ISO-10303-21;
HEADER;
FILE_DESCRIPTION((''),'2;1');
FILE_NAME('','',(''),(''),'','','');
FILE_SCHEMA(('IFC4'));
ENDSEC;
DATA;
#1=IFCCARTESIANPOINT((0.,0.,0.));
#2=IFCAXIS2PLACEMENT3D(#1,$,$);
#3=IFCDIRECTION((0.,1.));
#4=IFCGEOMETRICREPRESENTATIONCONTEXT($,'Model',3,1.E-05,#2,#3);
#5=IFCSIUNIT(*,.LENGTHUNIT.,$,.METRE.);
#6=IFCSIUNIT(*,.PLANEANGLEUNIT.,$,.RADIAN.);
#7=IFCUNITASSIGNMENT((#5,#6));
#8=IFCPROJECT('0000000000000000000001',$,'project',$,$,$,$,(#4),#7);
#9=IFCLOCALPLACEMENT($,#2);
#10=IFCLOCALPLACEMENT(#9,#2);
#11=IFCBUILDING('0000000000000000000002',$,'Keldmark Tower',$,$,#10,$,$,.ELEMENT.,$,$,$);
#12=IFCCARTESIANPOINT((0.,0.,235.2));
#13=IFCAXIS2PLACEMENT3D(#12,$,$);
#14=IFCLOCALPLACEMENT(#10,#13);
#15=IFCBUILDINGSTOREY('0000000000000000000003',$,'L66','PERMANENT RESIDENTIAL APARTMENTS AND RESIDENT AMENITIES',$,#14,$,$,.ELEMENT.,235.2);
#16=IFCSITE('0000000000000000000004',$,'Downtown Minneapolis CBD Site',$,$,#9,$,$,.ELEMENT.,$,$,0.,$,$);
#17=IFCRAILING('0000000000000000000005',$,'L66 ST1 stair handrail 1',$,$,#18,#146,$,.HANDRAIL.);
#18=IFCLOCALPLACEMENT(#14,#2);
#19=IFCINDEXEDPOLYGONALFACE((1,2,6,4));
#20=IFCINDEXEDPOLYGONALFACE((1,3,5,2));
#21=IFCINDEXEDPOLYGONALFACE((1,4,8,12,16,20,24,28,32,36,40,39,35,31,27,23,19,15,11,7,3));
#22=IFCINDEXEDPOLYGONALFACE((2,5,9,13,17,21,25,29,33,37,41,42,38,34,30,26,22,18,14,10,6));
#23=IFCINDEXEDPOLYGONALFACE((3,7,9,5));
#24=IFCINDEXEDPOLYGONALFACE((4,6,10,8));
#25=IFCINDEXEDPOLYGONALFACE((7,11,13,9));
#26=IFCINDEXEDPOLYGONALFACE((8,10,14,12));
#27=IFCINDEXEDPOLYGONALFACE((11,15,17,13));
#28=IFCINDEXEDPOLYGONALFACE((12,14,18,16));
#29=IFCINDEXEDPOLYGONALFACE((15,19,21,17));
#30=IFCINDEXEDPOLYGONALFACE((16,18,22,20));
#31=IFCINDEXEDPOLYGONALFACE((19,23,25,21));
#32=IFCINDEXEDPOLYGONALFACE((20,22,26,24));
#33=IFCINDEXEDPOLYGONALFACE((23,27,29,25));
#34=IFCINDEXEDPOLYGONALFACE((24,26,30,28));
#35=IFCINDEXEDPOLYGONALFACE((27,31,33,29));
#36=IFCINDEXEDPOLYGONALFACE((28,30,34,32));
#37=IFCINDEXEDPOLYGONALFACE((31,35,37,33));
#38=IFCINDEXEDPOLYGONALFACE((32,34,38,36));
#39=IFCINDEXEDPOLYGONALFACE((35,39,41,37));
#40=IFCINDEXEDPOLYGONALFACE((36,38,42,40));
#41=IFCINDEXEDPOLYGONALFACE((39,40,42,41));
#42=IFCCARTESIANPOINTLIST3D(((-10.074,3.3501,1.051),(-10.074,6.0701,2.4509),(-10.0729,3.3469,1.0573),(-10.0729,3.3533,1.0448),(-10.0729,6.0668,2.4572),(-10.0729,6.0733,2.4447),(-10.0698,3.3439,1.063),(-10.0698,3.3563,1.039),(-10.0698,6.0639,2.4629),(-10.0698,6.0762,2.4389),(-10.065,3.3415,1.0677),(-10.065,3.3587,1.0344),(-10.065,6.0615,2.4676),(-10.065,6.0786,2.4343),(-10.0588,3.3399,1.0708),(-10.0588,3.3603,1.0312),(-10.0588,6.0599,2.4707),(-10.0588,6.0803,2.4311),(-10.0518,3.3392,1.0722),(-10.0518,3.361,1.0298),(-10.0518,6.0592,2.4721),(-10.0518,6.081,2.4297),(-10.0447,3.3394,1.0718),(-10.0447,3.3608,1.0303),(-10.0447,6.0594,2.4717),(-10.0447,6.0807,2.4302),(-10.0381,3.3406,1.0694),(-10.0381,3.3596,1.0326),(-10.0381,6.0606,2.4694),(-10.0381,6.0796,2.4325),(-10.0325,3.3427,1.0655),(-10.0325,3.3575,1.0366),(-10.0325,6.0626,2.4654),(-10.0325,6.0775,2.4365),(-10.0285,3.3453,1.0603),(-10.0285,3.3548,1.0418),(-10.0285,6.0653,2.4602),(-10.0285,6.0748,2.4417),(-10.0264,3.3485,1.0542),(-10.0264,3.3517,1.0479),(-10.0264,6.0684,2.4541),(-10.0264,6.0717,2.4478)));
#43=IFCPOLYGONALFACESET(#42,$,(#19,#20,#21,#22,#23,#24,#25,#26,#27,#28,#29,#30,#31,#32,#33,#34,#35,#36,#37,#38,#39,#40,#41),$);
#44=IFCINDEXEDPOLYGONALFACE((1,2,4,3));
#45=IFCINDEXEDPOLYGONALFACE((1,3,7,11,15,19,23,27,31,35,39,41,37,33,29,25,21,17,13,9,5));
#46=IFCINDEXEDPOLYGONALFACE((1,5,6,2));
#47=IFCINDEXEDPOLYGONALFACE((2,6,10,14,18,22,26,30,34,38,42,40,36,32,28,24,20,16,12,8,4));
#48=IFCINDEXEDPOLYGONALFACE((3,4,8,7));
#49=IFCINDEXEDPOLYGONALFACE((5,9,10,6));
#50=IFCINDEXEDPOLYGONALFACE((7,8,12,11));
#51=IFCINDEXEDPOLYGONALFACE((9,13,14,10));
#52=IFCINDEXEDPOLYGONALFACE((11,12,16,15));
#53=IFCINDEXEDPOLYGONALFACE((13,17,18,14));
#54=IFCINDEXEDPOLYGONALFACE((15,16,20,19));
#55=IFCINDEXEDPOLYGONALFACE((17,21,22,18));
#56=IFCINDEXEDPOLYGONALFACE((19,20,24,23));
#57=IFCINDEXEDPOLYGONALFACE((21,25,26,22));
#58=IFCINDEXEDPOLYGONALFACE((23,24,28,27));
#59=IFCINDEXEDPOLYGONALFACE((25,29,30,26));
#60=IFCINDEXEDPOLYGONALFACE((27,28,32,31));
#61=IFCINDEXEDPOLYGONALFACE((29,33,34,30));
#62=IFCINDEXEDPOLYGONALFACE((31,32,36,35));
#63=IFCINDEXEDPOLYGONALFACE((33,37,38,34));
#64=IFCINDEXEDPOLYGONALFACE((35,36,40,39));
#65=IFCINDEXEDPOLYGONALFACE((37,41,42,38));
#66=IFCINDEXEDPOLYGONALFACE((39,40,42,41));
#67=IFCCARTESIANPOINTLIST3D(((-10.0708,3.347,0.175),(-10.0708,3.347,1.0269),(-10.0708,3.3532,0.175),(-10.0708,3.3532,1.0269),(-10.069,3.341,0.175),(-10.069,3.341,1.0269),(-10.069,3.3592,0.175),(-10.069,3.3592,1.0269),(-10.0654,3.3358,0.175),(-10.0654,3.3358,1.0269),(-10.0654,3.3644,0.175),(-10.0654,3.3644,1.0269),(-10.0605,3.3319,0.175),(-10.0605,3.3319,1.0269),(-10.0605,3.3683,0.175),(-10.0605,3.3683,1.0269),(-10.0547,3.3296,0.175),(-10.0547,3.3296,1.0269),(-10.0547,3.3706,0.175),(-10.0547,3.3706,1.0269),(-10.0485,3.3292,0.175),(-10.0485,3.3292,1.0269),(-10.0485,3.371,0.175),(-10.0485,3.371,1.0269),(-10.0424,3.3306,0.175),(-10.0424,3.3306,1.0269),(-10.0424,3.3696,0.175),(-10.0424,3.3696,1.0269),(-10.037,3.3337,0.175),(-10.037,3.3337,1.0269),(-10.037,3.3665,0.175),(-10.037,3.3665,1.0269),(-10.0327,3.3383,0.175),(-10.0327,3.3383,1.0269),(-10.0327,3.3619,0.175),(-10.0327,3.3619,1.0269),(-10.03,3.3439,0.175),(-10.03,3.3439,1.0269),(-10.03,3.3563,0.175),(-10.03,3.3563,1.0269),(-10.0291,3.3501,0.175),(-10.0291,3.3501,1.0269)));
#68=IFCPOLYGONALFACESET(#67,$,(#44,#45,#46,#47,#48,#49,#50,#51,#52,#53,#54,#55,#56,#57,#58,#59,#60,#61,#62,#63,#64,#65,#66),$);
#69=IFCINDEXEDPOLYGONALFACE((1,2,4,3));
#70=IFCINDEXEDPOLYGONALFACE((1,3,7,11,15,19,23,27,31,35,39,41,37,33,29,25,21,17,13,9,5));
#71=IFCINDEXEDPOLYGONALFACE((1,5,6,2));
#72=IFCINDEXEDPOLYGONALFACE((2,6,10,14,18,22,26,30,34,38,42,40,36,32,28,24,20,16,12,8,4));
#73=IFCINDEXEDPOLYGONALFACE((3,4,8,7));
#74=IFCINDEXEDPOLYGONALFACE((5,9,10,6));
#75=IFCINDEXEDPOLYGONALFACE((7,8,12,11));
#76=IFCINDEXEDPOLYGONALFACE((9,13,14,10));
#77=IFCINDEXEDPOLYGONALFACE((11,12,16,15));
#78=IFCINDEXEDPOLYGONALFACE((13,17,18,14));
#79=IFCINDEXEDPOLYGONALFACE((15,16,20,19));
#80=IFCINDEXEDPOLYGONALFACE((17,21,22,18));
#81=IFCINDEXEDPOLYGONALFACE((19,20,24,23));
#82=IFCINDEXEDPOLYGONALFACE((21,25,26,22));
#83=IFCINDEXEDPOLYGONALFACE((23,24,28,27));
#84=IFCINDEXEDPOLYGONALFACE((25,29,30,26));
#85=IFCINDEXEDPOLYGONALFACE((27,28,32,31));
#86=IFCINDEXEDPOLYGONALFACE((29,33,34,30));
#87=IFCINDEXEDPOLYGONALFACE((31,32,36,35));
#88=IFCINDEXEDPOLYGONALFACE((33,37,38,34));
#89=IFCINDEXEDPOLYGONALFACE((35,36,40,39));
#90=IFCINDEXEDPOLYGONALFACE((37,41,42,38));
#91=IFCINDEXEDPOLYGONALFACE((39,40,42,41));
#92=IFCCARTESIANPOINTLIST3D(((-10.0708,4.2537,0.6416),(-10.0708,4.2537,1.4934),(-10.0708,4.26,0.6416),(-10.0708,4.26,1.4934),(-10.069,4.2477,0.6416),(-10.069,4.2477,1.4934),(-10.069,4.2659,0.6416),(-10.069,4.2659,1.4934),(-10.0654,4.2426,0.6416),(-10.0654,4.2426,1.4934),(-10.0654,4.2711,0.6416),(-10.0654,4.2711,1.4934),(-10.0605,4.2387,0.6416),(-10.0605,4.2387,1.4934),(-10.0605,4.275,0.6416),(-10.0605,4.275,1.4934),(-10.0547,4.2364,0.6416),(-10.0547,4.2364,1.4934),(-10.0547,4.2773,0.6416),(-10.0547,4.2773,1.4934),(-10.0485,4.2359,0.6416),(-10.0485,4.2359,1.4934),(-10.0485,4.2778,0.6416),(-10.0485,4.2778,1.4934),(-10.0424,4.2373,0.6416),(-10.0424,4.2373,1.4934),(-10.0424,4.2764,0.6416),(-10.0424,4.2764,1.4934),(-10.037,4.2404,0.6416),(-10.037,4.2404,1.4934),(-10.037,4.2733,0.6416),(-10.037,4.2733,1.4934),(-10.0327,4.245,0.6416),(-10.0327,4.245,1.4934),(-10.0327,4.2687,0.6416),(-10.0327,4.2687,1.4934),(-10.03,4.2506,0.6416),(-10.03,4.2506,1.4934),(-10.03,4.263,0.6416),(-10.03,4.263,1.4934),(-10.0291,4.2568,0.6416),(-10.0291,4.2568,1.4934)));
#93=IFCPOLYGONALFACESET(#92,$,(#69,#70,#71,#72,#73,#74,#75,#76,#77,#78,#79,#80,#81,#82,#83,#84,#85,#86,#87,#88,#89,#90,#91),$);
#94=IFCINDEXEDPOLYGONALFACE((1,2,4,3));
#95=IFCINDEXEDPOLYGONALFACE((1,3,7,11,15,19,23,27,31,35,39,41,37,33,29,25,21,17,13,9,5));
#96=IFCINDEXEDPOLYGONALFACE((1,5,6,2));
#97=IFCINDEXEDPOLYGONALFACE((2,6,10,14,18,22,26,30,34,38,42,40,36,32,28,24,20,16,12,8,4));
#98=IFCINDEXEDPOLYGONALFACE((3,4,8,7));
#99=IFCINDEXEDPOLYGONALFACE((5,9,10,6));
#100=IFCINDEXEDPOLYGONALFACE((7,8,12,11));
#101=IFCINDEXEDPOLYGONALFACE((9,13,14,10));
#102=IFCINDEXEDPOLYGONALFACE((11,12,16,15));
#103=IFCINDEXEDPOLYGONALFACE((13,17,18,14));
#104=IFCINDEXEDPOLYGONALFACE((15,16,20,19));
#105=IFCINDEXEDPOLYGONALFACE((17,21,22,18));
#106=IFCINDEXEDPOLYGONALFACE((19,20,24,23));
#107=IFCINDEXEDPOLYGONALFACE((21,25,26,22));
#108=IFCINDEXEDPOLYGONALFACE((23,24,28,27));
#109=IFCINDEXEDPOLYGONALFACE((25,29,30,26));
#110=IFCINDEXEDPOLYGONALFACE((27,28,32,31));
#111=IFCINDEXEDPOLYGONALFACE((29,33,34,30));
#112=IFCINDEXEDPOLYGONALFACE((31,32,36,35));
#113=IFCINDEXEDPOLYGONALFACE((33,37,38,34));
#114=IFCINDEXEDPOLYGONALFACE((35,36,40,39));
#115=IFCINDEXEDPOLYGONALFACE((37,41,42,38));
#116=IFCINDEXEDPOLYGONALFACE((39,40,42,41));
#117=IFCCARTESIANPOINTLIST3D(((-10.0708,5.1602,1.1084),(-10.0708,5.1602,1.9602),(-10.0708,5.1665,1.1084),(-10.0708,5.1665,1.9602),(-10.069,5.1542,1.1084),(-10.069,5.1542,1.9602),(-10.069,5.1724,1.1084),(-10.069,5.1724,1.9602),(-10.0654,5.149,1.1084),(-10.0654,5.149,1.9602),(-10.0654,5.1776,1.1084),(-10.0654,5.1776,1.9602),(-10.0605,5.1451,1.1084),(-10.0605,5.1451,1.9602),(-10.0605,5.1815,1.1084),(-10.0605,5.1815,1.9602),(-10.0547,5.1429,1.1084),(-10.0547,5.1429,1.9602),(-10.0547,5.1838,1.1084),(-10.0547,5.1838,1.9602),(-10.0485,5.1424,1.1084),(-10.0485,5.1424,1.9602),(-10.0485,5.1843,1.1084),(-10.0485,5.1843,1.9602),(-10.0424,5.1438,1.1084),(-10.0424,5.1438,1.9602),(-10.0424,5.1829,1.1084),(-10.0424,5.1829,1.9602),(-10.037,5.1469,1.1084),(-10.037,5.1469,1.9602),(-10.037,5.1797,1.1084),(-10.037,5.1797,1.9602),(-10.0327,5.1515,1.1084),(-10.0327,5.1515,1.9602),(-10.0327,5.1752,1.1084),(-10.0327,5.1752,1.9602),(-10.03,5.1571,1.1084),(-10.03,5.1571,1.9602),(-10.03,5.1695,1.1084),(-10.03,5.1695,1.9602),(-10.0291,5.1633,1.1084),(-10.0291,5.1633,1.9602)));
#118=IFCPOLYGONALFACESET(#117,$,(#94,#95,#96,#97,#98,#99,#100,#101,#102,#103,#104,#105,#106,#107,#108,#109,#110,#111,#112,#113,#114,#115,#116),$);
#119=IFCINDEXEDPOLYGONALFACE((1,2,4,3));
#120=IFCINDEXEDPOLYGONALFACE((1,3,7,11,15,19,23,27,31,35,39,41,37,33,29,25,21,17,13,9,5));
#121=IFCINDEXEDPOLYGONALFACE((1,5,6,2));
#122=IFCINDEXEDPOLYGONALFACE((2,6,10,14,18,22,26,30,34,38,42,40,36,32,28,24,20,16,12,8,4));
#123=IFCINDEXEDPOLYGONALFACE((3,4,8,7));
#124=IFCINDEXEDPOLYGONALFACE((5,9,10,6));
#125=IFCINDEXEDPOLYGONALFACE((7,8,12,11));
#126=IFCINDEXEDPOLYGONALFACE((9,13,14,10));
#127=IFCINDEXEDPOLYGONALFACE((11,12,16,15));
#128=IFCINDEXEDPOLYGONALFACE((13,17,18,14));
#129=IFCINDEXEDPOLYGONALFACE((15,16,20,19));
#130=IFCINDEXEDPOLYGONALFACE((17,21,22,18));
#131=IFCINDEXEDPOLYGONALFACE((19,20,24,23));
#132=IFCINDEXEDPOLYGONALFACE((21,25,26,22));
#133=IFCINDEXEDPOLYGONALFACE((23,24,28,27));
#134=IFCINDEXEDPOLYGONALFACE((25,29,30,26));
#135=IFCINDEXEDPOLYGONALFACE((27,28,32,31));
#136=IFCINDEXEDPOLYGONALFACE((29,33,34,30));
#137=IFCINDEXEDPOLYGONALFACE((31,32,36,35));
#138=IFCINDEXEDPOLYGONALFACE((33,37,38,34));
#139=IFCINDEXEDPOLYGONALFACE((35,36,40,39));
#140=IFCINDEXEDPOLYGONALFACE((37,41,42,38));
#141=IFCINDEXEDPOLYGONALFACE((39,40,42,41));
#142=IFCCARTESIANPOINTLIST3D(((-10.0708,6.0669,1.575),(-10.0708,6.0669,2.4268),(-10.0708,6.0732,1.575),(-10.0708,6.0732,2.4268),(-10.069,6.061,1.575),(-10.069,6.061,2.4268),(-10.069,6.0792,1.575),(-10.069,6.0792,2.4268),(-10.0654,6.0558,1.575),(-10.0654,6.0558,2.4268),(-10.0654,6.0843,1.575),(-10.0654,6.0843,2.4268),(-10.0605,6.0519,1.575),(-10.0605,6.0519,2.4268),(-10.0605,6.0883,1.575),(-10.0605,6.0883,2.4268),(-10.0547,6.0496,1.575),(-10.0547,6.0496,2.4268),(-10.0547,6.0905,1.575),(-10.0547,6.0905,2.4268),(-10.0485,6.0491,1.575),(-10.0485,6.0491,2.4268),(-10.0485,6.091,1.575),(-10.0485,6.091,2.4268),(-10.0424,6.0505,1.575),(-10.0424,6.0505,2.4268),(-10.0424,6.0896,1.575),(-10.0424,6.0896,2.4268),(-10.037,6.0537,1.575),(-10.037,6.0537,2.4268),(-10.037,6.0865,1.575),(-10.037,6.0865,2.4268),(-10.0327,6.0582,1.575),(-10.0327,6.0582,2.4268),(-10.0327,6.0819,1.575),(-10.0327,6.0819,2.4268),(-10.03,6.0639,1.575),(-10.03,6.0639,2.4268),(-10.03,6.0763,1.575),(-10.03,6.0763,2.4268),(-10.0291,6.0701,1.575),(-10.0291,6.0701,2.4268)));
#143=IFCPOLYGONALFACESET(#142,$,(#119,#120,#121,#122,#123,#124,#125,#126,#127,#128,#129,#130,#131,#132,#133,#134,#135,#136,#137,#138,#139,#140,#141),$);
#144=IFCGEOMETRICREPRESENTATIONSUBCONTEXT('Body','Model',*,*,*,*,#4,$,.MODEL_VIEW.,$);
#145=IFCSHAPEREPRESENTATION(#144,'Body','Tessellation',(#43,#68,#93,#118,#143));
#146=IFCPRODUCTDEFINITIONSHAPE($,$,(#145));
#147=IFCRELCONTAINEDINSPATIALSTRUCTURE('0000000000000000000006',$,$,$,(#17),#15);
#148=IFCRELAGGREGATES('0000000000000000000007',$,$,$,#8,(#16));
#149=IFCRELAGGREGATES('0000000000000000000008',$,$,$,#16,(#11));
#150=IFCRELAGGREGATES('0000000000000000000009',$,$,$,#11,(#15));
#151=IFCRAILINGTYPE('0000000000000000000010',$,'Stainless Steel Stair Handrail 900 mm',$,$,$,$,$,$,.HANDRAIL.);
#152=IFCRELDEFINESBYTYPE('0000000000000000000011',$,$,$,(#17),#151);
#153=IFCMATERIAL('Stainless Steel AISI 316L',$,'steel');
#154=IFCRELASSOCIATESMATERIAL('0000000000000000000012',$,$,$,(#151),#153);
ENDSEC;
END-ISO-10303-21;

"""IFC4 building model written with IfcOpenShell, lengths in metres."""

from ifc_helpers import new_model, si_unit, direction, frame, origin, origin_2d, place, context, subcontext, project, spatial, circle, extrude, material, type_object, element, save


model = new_model("IFC4")

# Units and contexts
model_context = context("Model", 3, precision=1e-05, world=origin(), true_north=direction((0.0, 1.0)))
body_context = subcontext(model_context, "Body", "Model", "MODEL_VIEW")
ifc_project = project(units=[si_unit("LENGTHUNIT", "METRE"), si_unit("PLANEANGLEUNIT", "RADIAN")], contexts=[model_context])

# Site, building, storey
site_placement = place(None, origin())
site = spatial("IfcSite", under=ifc_project, at=site_placement, Name="Downtown Minneapolis CBD Site", CompositionType="ELEMENT", RefElevation=0.0)
building_placement = place(site_placement, origin())
building = spatial("IfcBuilding", under=site, at=building_placement, Name="Keldmark Tower", CompositionType="ELEMENT")
storey_placement = place(building_placement, frame((0.0, 0.0, 235.2)))
storey = spatial("IfcBuildingStorey", under=building, at=storey_placement, Name="L66", Description="PERMANENT RESIDENTIAL APARTMENTS AND RESIDENT AMENITIES", CompositionType="ELEMENT", Elevation=235.2)

# Railing
ifc_material_1 = material(Name="Stainless Steel AISI 316L", Category="steel")
railing_type = type_object("IfcRailingType", Name="Stainless Steel Stair Handrail 900 mm", PredefinedType="HANDRAIL", material=ifc_material_1)
railing_placement = place(storey_placement, frame((-10.05, 3.3501, 0.175)))
element("IfcRailing", 1, at=railing_placement, inside=storey, type_object=railing_type, Name="L66 ST1 stair handrail 1", PredefinedType="HANDRAIL", context=body_context, shape_type="SweptSolid", body=[
    extrude(circle(Radius=0.0239, at=origin_2d()), frame((0.0, 0.0, 0.876), z_axis=(0.0, 0.889147, 0.457622), x_axis=(-1.0, 0.0, 0.0)), (0.0, 0.0, 1.0), 3.0591),
    extrude(circle(Radius=0.021, at=origin_2d()), origin(), (0.0, 0.0, 1.0), 0.8518),
    extrude(circle(Radius=0.021, at=origin_2d()), frame((0.0, 0.9067, 0.4666)), (0.0, 0.0, 1.0), 0.8518),
    extrude(circle(Radius=0.021, at=origin_2d()), frame((0.0, 1.8132, 0.9333)), (0.0, 0.0, 1.0), 0.8518),
    extrude(circle(Radius=0.021, at=origin_2d()), frame((0.0, 2.72, 1.3999)), (0.0, 0.0, 1.0), 0.8518),
])

save(model, "model.ifc")
